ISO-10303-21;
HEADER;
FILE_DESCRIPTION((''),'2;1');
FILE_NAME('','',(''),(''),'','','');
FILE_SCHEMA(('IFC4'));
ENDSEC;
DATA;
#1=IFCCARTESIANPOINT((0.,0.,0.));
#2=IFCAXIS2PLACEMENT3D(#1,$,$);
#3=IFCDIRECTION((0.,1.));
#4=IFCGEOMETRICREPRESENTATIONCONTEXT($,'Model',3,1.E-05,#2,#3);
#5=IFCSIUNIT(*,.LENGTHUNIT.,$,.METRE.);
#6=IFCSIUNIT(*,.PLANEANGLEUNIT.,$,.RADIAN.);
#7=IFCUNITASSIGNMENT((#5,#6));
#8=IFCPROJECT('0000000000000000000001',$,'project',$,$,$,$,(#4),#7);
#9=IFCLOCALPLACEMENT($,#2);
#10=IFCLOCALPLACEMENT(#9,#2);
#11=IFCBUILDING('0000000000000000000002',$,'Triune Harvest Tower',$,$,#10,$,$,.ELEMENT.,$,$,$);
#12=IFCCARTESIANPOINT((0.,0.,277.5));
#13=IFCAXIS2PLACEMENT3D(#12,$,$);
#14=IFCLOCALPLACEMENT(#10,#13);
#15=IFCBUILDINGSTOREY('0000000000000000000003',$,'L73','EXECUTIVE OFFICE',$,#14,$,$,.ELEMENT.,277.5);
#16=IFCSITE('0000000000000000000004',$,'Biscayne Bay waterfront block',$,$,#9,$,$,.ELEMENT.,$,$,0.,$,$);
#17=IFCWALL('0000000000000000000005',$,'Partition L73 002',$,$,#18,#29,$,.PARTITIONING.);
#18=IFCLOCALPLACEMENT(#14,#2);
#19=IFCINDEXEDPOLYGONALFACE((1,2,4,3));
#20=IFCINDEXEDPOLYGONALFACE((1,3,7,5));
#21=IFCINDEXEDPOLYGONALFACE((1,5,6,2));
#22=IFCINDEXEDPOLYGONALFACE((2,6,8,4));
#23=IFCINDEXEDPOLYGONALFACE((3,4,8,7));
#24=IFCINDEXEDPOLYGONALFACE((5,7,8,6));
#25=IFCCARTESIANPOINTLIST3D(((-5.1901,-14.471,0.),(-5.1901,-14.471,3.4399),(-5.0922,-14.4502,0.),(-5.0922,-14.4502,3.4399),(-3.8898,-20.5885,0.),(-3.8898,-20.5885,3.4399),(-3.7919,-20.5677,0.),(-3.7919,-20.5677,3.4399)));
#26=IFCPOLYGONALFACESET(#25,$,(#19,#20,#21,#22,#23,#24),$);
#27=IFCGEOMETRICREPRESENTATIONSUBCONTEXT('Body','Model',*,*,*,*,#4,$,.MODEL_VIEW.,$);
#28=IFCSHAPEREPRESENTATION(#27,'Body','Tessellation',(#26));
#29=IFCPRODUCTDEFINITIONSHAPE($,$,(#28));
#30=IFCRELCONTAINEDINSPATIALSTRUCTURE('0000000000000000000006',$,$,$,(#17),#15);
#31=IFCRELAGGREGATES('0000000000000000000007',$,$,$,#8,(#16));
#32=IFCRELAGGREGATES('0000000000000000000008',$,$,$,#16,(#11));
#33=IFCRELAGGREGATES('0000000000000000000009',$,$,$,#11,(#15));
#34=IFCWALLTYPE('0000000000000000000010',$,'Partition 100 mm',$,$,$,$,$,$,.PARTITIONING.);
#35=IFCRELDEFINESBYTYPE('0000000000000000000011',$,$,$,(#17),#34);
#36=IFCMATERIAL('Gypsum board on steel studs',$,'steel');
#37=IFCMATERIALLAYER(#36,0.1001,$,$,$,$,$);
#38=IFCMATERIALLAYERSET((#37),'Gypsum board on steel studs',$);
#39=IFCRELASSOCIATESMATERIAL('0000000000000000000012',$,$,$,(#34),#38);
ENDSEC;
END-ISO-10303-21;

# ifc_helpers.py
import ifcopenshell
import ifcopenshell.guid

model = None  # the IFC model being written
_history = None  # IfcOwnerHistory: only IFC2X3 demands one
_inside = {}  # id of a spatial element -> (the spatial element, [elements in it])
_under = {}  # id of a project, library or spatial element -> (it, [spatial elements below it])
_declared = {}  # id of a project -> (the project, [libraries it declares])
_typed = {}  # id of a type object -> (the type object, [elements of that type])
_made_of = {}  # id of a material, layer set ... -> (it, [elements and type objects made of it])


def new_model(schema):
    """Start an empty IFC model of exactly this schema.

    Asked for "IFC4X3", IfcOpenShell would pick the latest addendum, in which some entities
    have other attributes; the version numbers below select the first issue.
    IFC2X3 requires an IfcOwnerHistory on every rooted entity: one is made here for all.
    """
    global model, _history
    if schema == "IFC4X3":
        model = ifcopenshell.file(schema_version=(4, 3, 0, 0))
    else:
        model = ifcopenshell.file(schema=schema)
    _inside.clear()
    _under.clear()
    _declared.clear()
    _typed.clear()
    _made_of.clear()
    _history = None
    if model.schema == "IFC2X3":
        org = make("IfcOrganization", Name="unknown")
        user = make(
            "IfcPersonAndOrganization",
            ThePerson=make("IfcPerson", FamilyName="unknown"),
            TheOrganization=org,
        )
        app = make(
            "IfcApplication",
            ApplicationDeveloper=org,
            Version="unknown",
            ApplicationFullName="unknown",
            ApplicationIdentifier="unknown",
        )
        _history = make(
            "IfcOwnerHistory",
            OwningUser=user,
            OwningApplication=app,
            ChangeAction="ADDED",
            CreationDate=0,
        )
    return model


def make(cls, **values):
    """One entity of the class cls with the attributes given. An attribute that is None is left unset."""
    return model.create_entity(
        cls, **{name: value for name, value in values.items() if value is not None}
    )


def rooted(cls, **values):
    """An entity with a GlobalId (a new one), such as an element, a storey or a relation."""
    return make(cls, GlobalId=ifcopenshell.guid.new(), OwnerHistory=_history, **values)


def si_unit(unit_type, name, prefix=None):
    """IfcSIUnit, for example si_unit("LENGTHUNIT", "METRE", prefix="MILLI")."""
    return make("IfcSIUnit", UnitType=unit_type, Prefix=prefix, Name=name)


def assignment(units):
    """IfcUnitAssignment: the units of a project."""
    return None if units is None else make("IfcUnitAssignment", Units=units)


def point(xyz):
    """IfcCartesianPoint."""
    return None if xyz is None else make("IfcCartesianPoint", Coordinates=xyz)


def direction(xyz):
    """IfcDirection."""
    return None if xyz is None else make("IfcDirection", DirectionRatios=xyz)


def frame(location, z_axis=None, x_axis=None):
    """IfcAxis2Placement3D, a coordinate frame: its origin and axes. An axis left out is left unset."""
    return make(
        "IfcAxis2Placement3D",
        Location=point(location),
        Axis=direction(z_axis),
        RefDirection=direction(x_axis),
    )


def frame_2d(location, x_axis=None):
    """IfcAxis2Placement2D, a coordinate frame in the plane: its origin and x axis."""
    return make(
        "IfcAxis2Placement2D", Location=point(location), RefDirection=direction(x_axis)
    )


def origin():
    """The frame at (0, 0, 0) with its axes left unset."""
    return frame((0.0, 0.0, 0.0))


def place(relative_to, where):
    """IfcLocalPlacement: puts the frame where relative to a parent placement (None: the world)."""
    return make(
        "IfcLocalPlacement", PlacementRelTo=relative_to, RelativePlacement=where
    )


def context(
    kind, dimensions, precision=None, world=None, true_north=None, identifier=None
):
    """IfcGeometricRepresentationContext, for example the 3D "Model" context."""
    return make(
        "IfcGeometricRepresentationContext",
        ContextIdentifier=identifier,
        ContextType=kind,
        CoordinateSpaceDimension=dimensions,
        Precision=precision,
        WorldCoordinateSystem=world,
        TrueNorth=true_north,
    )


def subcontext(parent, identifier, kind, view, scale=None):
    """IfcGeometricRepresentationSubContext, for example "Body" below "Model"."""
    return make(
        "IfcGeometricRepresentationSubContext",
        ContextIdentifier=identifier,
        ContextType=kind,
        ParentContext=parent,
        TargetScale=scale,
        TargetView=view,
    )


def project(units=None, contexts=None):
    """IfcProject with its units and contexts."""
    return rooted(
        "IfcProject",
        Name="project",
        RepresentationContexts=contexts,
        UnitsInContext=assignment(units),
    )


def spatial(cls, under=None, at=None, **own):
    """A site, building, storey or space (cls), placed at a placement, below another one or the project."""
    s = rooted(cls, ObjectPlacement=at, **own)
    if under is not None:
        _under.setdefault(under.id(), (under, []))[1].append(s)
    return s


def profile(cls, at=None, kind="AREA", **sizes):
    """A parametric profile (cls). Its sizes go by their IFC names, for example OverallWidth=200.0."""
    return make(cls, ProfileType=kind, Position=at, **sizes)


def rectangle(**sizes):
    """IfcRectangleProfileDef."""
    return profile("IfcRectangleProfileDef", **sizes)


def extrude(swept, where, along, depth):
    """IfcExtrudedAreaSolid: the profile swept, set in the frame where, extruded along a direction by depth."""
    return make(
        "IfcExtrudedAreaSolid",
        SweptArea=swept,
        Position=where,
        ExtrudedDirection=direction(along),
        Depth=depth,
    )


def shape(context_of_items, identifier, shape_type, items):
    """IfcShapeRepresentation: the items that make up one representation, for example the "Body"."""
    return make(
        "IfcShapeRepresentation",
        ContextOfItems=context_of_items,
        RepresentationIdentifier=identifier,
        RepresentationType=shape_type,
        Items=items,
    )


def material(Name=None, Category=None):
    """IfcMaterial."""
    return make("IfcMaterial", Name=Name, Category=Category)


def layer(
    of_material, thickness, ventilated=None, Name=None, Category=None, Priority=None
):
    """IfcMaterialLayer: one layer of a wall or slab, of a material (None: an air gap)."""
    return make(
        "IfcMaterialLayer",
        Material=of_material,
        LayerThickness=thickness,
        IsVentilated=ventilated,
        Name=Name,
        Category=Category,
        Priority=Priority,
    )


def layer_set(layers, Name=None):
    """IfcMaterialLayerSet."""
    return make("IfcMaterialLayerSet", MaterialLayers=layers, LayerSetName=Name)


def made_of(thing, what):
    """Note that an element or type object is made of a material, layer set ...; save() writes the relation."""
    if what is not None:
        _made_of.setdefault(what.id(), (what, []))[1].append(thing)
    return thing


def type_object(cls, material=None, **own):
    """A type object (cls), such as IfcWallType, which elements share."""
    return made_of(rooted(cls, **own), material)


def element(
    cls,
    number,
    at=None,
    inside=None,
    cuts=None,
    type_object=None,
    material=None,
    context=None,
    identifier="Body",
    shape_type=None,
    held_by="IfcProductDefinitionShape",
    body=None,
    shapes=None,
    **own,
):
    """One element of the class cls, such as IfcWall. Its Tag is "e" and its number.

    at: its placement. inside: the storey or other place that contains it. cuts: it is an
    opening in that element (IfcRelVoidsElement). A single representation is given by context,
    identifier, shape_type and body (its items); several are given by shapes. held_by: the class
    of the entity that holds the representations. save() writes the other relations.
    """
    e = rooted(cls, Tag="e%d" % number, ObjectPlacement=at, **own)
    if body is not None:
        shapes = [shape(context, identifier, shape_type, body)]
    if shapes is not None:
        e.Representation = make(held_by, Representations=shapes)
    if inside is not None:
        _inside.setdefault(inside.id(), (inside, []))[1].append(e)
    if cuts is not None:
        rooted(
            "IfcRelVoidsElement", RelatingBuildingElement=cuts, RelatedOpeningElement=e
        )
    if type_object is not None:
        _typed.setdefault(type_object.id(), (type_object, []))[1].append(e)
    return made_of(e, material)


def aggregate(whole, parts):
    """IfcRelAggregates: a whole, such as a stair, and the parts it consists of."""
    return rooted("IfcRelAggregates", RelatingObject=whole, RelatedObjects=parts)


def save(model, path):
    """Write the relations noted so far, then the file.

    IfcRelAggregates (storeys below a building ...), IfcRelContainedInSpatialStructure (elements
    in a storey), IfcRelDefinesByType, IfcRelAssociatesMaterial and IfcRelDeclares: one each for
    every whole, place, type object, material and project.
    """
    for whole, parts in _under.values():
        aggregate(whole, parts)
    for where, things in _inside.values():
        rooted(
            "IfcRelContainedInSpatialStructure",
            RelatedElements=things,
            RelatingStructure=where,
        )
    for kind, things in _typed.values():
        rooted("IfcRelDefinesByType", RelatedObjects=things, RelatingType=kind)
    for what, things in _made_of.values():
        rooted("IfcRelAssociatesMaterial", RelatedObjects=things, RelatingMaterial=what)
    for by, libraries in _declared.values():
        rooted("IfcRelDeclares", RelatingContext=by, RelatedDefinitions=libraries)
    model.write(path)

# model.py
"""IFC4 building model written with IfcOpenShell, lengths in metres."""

from ifc_helpers import new_model, si_unit, direction, frame, frame_2d, origin, place, context, subcontext, project, spatial, rectangle, extrude, material, layer, layer_set, type_object, element, save


model = new_model("IFC4")

# Units and contexts
model_context = context("Model", 3, precision=1e-05, world=origin(), true_north=direction((0.0, 1.0)))
body_context = subcontext(model_context, "Body", "Model", "MODEL_VIEW")
ifc_project = project(units=[si_unit("LENGTHUNIT", "METRE"), si_unit("PLANEANGLEUNIT", "RADIAN")], contexts=[model_context])

# Site, building, storey
site_placement = place(None, origin())
site = spatial("IfcSite", under=ifc_project, at=site_placement, Name="Biscayne Bay waterfront block", CompositionType="ELEMENT", RefElevation=0.0)
building_placement = place(site_placement, origin())
building = spatial("IfcBuilding", under=site, at=building_placement, Name="Triune Harvest Tower", CompositionType="ELEMENT")
storey_placement = place(building_placement, frame((0.0, 0.0, 277.5)))
storey = spatial("IfcBuildingStorey", under=building, at=storey_placement, Name="L73", Description="EXECUTIVE OFFICE", CompositionType="ELEMENT", Elevation=277.5)

# Wall
ifc_material_1 = material(Name="Gypsum board on steel studs", Category="steel")
ifc_layer_1 = layer(ifc_material_1, 0.1001)
ifc_layer_set_1 = layer_set([ifc_layer_1], Name="Gypsum board on steel studs")
wall_type = type_object("IfcWallType", Name="Partition 100 mm", PredefinedType="PARTITIONING", material=ifc_layer_set_1)
wall_placement = place(storey_placement, frame((-5.1411, -14.4607, 0.0), z_axis=(0.0, 0.0, 1.0), x_axis=(0.207911, -0.978148, 0.0)))
element("IfcWall", 1, at=wall_placement, inside=storey, type_object=wall_type, Name="Partition L73 002", PredefinedType="PARTITIONING", context=body_context, shape_type="SweptSolid", body=[
    extrude(rectangle(XDim=6.2542, YDim=0.1001, at=frame_2d((3.127, 0.0))), origin(), (0.0, 0.0, 1.0), 3.4399),
])

save(model, "model.ifc")
